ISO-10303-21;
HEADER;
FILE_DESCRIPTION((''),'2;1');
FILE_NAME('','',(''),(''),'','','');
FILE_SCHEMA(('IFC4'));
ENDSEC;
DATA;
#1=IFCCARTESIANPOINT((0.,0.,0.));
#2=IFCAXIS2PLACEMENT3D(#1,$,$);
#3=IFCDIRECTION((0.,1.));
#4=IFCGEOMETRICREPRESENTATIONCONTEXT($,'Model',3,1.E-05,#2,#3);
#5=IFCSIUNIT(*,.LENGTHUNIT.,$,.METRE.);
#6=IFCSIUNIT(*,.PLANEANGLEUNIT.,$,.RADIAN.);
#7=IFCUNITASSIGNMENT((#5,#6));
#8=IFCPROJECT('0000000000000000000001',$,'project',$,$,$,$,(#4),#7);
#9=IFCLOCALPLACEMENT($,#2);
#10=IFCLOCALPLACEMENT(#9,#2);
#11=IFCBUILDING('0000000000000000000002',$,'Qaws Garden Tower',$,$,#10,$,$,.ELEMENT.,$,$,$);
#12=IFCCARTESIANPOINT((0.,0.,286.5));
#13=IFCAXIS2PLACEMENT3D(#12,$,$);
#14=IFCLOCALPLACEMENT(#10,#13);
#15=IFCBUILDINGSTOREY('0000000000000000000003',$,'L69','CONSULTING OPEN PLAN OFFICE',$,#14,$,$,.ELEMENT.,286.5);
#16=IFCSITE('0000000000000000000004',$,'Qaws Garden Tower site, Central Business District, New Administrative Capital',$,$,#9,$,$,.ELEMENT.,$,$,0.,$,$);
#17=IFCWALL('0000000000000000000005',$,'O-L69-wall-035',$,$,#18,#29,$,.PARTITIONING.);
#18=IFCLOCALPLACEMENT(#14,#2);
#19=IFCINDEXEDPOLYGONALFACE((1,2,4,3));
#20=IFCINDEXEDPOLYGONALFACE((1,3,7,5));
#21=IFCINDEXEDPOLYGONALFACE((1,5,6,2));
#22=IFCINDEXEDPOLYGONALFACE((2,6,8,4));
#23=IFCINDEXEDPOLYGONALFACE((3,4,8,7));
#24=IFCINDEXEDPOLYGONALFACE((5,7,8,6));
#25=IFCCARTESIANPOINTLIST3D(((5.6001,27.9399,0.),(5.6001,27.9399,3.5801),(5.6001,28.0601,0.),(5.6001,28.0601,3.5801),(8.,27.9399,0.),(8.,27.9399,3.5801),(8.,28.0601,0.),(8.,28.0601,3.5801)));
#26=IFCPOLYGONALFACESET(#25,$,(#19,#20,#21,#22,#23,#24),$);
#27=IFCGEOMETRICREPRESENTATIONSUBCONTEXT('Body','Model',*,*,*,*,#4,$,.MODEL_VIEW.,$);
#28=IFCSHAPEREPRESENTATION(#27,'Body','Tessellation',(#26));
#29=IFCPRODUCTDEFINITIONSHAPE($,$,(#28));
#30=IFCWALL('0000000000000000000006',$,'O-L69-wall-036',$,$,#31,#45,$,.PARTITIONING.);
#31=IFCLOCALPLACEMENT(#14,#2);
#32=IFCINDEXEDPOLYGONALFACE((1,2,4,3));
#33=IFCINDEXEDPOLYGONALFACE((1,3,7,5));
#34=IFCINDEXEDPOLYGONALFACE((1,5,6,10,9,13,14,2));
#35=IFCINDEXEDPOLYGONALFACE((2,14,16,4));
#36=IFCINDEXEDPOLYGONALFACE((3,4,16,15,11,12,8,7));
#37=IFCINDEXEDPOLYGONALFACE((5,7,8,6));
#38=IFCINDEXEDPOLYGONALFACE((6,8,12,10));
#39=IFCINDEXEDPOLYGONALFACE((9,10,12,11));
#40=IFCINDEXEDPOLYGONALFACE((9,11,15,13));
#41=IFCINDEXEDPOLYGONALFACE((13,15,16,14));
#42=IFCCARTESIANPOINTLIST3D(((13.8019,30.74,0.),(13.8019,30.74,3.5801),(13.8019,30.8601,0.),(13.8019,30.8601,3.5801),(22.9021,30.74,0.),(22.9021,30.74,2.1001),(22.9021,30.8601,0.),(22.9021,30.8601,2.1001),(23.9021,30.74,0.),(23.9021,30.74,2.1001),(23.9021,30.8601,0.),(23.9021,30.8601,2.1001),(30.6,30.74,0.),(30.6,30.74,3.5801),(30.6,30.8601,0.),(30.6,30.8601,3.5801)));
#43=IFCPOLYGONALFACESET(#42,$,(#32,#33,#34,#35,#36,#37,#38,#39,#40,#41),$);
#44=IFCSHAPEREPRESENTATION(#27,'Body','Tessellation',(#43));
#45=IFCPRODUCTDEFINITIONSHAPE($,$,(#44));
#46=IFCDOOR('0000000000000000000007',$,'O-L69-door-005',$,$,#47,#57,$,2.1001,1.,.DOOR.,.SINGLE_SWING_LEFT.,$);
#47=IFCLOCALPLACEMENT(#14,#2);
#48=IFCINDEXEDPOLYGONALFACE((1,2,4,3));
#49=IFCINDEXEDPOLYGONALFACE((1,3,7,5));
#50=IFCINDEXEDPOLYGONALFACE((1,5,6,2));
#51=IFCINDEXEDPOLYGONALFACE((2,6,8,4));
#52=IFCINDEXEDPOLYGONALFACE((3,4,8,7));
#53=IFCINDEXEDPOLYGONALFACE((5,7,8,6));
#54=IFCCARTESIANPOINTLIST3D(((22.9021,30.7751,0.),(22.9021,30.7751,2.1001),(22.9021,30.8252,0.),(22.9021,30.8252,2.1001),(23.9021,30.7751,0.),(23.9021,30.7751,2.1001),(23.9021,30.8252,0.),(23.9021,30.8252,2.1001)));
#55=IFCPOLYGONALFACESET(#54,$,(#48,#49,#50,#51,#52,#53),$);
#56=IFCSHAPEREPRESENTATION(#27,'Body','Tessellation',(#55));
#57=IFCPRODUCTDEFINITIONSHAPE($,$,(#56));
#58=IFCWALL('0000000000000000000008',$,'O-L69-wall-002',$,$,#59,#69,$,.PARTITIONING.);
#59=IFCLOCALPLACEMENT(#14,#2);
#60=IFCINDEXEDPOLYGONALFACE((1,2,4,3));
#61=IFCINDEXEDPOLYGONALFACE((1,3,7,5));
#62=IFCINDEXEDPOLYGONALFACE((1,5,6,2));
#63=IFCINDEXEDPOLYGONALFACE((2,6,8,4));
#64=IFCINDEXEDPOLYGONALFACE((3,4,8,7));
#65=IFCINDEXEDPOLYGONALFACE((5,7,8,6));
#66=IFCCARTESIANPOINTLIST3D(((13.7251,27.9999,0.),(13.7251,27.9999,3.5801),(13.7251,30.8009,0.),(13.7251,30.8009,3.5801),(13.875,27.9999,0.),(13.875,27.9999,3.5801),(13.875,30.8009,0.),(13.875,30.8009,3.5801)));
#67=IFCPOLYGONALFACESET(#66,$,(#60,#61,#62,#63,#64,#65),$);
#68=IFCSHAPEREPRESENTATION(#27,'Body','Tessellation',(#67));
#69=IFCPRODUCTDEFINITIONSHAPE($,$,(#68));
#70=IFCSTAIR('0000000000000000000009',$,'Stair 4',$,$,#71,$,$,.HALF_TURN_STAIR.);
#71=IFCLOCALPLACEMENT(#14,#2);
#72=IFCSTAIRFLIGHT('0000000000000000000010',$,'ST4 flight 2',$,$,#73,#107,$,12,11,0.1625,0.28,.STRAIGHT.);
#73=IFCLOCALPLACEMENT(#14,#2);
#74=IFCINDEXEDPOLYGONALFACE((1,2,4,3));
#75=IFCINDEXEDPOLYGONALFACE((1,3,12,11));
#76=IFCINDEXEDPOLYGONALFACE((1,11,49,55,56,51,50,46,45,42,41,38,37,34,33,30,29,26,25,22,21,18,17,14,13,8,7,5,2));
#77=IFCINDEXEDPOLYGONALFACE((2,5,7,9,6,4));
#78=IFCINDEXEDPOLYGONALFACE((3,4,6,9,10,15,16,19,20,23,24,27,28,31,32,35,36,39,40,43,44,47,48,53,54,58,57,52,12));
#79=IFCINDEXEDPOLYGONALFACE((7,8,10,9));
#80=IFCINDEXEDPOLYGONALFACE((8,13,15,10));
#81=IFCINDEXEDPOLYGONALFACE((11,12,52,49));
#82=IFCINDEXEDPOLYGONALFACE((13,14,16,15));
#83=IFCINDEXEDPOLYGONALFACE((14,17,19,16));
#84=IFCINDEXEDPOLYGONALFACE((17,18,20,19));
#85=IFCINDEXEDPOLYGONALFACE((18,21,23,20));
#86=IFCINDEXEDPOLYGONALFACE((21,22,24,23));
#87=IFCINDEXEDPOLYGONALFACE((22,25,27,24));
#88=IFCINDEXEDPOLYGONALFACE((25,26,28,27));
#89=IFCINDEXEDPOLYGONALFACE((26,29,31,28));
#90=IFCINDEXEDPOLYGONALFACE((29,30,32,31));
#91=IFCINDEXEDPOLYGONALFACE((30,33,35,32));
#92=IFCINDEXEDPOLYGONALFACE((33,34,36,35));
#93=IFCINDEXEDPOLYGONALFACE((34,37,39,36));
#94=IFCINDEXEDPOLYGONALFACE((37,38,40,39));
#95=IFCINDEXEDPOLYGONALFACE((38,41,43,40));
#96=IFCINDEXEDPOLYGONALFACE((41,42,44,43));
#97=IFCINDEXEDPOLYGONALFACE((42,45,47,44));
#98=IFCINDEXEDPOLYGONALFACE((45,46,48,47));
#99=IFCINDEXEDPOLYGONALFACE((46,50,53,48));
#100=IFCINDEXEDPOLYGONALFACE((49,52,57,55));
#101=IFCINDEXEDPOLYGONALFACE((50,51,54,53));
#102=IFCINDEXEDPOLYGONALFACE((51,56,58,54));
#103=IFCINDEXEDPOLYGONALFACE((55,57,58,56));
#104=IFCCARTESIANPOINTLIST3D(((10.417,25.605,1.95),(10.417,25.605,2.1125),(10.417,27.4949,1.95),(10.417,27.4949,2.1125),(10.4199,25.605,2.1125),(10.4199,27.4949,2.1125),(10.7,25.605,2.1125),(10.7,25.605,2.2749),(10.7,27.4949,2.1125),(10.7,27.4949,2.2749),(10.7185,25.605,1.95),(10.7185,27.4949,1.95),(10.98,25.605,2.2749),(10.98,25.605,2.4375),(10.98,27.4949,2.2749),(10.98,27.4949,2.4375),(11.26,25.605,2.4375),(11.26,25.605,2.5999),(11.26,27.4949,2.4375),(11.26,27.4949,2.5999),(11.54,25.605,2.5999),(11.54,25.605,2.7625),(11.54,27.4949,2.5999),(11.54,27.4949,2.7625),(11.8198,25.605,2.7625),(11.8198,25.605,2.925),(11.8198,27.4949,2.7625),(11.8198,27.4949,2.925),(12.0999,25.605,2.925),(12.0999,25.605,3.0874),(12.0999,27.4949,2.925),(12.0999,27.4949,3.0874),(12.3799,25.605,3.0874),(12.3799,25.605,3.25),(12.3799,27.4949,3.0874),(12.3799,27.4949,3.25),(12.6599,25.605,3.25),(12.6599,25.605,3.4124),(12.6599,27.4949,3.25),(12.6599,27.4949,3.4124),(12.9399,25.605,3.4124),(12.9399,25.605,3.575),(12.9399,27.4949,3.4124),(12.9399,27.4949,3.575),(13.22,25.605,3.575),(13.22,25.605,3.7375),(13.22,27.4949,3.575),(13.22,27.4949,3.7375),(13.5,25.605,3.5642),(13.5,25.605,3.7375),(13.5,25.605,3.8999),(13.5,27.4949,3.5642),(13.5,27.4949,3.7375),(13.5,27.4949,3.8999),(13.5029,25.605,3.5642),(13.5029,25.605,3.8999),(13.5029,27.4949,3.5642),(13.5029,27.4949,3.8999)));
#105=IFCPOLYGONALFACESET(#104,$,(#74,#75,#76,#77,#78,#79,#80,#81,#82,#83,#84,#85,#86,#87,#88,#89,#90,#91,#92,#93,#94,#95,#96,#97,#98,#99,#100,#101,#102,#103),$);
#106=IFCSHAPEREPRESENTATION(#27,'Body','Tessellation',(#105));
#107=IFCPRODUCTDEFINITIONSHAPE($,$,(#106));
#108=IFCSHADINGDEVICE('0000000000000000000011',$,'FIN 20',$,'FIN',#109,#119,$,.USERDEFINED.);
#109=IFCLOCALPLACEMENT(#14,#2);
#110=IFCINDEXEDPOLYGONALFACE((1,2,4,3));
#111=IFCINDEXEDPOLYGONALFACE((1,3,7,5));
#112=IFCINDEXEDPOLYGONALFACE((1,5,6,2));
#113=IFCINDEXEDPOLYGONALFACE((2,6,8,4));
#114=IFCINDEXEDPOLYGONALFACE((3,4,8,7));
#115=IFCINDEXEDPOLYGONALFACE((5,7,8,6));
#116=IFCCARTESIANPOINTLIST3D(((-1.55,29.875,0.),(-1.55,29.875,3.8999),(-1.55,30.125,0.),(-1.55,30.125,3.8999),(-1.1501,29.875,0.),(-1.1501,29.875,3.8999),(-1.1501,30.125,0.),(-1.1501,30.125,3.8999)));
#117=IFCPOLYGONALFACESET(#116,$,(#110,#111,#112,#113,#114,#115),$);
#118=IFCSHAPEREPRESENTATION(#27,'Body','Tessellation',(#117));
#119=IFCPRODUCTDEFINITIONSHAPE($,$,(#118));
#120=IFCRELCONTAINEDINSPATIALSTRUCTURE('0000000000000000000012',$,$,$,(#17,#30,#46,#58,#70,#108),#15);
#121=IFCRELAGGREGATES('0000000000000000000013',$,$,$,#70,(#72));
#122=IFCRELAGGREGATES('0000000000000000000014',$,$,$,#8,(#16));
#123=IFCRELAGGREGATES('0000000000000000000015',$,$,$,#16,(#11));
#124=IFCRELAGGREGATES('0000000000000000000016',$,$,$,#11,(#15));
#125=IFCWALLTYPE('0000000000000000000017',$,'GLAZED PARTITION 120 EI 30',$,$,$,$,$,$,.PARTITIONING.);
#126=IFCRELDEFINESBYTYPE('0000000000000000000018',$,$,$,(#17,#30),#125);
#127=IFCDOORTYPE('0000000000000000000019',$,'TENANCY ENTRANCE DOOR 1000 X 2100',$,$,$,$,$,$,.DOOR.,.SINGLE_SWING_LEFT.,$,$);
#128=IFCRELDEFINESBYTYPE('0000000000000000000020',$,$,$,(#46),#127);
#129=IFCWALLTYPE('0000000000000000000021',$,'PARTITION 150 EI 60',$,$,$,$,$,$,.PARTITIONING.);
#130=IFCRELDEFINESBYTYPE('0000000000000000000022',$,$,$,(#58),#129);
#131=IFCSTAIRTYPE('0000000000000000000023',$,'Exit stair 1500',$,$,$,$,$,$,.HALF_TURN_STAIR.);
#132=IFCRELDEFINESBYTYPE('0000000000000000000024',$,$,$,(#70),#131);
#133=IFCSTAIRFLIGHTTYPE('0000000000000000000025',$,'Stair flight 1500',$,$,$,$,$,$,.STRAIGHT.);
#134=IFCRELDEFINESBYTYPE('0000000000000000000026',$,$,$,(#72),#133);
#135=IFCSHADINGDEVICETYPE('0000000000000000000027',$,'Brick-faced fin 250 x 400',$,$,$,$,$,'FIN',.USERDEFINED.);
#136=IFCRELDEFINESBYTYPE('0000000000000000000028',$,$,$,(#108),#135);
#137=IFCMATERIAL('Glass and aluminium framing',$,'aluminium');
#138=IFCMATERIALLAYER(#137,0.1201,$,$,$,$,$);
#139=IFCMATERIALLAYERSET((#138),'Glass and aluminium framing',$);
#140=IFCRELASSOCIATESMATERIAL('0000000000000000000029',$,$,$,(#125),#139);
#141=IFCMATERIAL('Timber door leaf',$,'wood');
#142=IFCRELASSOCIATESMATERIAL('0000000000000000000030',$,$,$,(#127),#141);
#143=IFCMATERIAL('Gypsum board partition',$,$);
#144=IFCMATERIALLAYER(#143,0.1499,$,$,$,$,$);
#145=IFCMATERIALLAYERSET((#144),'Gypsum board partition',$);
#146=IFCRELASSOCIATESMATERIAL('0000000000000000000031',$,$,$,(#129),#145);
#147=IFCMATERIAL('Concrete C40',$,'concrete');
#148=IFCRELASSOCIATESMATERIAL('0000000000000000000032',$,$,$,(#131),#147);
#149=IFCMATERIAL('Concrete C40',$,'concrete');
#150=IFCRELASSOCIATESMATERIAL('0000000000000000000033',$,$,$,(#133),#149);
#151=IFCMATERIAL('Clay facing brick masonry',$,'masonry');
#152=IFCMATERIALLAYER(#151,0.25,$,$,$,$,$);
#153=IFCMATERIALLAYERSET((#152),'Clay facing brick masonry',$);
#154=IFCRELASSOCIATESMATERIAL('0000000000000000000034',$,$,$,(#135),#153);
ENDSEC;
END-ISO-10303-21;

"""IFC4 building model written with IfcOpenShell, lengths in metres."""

from ifc_helpers import new_model, si_unit, direction, frame, frame_2d, origin, origin_2d, place, context, subcontext, project, spatial, polyline, rectangle, outline, extrude, material, layer, layer_set, type_object, element, fill, aggregate, save


model = new_model("IFC4")

# Units and contexts
model_context = context("Model", 3, precision=1e-05, world=origin(), true_north=direction((0.0, 1.0)))
body_context = subcontext(model_context, "Body", "Model", "MODEL_VIEW")
ifc_project = project(units=[si_unit("LENGTHUNIT", "METRE"), si_unit("PLANEANGLEUNIT", "RADIAN")], contexts=[model_context])

# Site, building, storey
site_placement = place(None, origin())
site = spatial("IfcSite", under=ifc_project, at=site_placement, Name="Qaws Garden Tower site, Central Business District, New Administrative Capital", CompositionType="ELEMENT", RefElevation=0.0)
building_placement = place(site_placement, origin())
building = spatial("IfcBuilding", under=site, at=building_placement, Name="Qaws Garden Tower", CompositionType="ELEMENT")
storey_placement = place(building_placement, frame((0.0, 0.0, 286.5)))
storey = spatial("IfcBuildingStorey", under=building, at=storey_placement, Name="L69", Description="CONSULTING OPEN PLAN OFFICE", CompositionType="ELEMENT", Elevation=286.5)

# Shared definitions
ifc_material_1 = material(Name="Glass and aluminium framing", Category="aluminium")
ifc_layer_1 = layer(ifc_material_1, 0.1201)
ifc_layer_set_1 = layer_set([ifc_layer_1], Name="Glass and aluminium framing")
wall_type_1 = type_object("IfcWallType", Name="GLAZED PARTITION 120 EI 30", PredefinedType="PARTITIONING", material=ifc_layer_set_1)

# Wall
wall_1_placement = place(storey_placement, frame((5.6001, 28.0, 0.0), z_axis=(0.0, 0.0, 1.0), x_axis=(1.0, 0.0, 0.0)))
element("IfcWall", 1, at=wall_1_placement, inside=storey, type_object=wall_type_1, Name="O-L69-wall-035", PredefinedType="PARTITIONING", context=body_context, shape_type="SweptSolid", body=[
    extrude(rectangle(XDim=2.3999, YDim=0.1201, at=frame_2d((1.2, 0.0))), origin(), (0.0, 0.0, 1.0), 3.5801),
])

# Wall, opening, door
wall_2_placement = place(storey_placement, frame((13.802, 30.8, 0.0), z_axis=(0.0, 0.0, 1.0), x_axis=(1.0, 0.0, 0.0)))
wall_2 = element("IfcWall", 2, at=wall_2_placement, inside=storey, type_object=wall_type_1, Name="O-L69-wall-036", PredefinedType="PARTITIONING", context=body_context, shape_type="SweptSolid", body=[
    extrude(rectangle(XDim=16.7981, YDim=0.1201, at=frame_2d((8.3989, 0.0))), origin(), (0.0, 0.0, 1.0), 3.5801),
])
opening_1_placement = place(wall_2_placement, frame((9.1001, 0.0, 0.0)))
opening_1 = element("IfcOpeningElement", 3, at=opening_1_placement, cuts=wall_2, PredefinedType="OPENING", context=body_context, shape_type="SweptSolid", body=[
    extrude(rectangle(XDim=1.0, YDim=2.1001, at=frame_2d((0.5, 1.05))), frame((0.0, 0.0701, 0.0), z_axis=(0.0, -1.0, 0.0), x_axis=(1.0, 0.0, 0.0)), (0.0, 0.0, 1.0), 0.1401),
])
ifc_material_2 = material(Name="Timber door leaf", Category="wood")
door_type_1 = type_object("IfcDoorType", Name="TENANCY ENTRANCE DOOR 1000 X 2100", OperationType="SINGLE_SWING_LEFT", PredefinedType="DOOR", material=ifc_material_2)
door_1_placement = place(opening_1_placement, frame((1.0, 0.0, 0.0), z_axis=(0.0, 0.0, 1.0), x_axis=(-1.0, 0.0, 0.0)))
door_1 = element("IfcDoor", 4, at=door_1_placement, inside=storey, type_object=door_type_1, Name="O-L69-door-005", OperationType="SINGLE_SWING_LEFT", OverallHeight=2.1001, OverallWidth=1.0, PredefinedType="DOOR", context=body_context, shape_type="SweptSolid", body=[
    extrude(rectangle(XDim=1.0, YDim=2.1001, at=frame_2d((0.5, 1.05))), frame((0.0, 0.0249, 0.0), z_axis=(0.0, -1.0, 0.0), x_axis=(1.0, 0.0, 0.0)), (0.0, 0.0, 1.0), 0.05),
])
fill(opening_1, door_1)

# Wall
ifc_material_3 = material(Name="Gypsum board partition")
ifc_layer_2 = layer(ifc_material_3, 0.1499)
ifc_layer_set_2 = layer_set([ifc_layer_2], Name="Gypsum board partition")
wall_type_2 = type_object("IfcWallType", Name="PARTITION 150 EI 60", PredefinedType="PARTITIONING", material=ifc_layer_set_2)
wall_3_placement = place(storey_placement, frame((13.8, 28.0, 0.0), z_axis=(0.0, 0.0, 1.0), x_axis=(0.0, 1.0, 0.0)))
element("IfcWall", 5, at=wall_3_placement, inside=storey, type_object=wall_type_2, Name="O-L69-wall-002", PredefinedType="PARTITIONING", context=body_context, shape_type="SweptSolid", body=[
    extrude(rectangle(XDim=2.801, YDim=0.1499, at=frame_2d((1.4004, 0.0))), origin(), (0.0, 0.0, 1.0), 3.5801),
])

# Stair, stair flight
ifc_material_4 = material(Name="Concrete C40", Category="concrete")
stair_type = type_object("IfcStairType", Name="Exit stair 1500", PredefinedType="HALF_TURN_STAIR", material=ifc_material_4)
stair_placement = place(storey_placement, origin())
stair = element("IfcStair", 6, at=stair_placement, inside=storey, type_object=stair_type, Name="Stair 4", PredefinedType="HALF_TURN_STAIR")
ifc_material_5 = material(Name="Concrete C40", Category="concrete")
stair_flight_type = type_object("IfcStairFlightType", Name="Stair flight 1500", PredefinedType="STRAIGHT", material=ifc_material_5)
stair_flight_placement = place(storey_placement, frame((10.4199, 26.55, 1.95), z_axis=(0.0, 0.0, 1.0), x_axis=(1.0, 0.0, 0.0)))
stair_flight = element("IfcStairFlight", 7, at=stair_flight_placement, type_object=stair_flight_type, Name="ST4 flight 2", NumberOfRisers=12, NumberOfTreads=11, PredefinedType="STRAIGHT", RiserHeight=0.1625, TreadLength=0.28, context=body_context, shape_type="SweptSolid", body=[
    extrude(outline(polyline([(-0.0029, 0.0), (-0.0029, 0.1626), (0.0, 0.1626), (0.28, 0.1626), (0.28, 0.325), (0.5601, 0.325), (0.5601, 0.4875), (0.8401, 0.4875), (0.8401, 0.6499), (1.1201, 0.6499), (1.1201, 0.8125), (1.3999, 0.8125), (1.3999, 0.9751), (1.6799, 0.9751), (1.6799, 1.1375), (1.96, 1.1375), (1.96, 1.3), (2.24, 1.3), (2.24, 1.4624), (2.52, 1.4624), (2.52, 1.625), (2.8, 1.625), (2.8, 1.7876), (3.0801, 1.7876), (3.0801, 1.95), (3.083, 1.95), (3.083, 1.6143), (3.0801, 1.6143), (0.2986, 0.0), (-0.0029, 0.0)])), frame((0.0, 0.9448, 0.0), z_axis=(0.0, -1.0, 0.0), x_axis=(1.0, 0.0, 0.0)), (0.0, 0.0, 1.0), 1.8899),
])
aggregate(stair, [stair_flight])

# Shading device
ifc_material_6 = material(Name="Clay facing brick masonry", Category="masonry")
ifc_layer_3 = layer(ifc_material_6, 0.25)
ifc_layer_set_3 = layer_set([ifc_layer_3], Name="Clay facing brick masonry")
shading_device_type = type_object("IfcShadingDeviceType", Name="Brick-faced fin 250 x 400", ElementType="FIN", PredefinedType="USERDEFINED", material=ifc_layer_set_3)
shading_device_placement = place(storey_placement, frame((-1.3501, 30.0, 0.0), z_axis=(0.0, 0.0, 1.0), x_axis=(0.0, -1.0, 0.0)))
element("IfcShadingDevice", 8, at=shading_device_placement, inside=storey, type_object=shading_device_type, Name="FIN 20", ObjectType="FIN", PredefinedType="USERDEFINED", context=body_context, shape_type="SweptSolid", body=[
    extrude(rectangle(XDim=0.25, YDim=0.3999, at=origin_2d()), origin(), (0.0, 0.0, 1.0), 3.8999),
])

save(model, "model.ifc")
